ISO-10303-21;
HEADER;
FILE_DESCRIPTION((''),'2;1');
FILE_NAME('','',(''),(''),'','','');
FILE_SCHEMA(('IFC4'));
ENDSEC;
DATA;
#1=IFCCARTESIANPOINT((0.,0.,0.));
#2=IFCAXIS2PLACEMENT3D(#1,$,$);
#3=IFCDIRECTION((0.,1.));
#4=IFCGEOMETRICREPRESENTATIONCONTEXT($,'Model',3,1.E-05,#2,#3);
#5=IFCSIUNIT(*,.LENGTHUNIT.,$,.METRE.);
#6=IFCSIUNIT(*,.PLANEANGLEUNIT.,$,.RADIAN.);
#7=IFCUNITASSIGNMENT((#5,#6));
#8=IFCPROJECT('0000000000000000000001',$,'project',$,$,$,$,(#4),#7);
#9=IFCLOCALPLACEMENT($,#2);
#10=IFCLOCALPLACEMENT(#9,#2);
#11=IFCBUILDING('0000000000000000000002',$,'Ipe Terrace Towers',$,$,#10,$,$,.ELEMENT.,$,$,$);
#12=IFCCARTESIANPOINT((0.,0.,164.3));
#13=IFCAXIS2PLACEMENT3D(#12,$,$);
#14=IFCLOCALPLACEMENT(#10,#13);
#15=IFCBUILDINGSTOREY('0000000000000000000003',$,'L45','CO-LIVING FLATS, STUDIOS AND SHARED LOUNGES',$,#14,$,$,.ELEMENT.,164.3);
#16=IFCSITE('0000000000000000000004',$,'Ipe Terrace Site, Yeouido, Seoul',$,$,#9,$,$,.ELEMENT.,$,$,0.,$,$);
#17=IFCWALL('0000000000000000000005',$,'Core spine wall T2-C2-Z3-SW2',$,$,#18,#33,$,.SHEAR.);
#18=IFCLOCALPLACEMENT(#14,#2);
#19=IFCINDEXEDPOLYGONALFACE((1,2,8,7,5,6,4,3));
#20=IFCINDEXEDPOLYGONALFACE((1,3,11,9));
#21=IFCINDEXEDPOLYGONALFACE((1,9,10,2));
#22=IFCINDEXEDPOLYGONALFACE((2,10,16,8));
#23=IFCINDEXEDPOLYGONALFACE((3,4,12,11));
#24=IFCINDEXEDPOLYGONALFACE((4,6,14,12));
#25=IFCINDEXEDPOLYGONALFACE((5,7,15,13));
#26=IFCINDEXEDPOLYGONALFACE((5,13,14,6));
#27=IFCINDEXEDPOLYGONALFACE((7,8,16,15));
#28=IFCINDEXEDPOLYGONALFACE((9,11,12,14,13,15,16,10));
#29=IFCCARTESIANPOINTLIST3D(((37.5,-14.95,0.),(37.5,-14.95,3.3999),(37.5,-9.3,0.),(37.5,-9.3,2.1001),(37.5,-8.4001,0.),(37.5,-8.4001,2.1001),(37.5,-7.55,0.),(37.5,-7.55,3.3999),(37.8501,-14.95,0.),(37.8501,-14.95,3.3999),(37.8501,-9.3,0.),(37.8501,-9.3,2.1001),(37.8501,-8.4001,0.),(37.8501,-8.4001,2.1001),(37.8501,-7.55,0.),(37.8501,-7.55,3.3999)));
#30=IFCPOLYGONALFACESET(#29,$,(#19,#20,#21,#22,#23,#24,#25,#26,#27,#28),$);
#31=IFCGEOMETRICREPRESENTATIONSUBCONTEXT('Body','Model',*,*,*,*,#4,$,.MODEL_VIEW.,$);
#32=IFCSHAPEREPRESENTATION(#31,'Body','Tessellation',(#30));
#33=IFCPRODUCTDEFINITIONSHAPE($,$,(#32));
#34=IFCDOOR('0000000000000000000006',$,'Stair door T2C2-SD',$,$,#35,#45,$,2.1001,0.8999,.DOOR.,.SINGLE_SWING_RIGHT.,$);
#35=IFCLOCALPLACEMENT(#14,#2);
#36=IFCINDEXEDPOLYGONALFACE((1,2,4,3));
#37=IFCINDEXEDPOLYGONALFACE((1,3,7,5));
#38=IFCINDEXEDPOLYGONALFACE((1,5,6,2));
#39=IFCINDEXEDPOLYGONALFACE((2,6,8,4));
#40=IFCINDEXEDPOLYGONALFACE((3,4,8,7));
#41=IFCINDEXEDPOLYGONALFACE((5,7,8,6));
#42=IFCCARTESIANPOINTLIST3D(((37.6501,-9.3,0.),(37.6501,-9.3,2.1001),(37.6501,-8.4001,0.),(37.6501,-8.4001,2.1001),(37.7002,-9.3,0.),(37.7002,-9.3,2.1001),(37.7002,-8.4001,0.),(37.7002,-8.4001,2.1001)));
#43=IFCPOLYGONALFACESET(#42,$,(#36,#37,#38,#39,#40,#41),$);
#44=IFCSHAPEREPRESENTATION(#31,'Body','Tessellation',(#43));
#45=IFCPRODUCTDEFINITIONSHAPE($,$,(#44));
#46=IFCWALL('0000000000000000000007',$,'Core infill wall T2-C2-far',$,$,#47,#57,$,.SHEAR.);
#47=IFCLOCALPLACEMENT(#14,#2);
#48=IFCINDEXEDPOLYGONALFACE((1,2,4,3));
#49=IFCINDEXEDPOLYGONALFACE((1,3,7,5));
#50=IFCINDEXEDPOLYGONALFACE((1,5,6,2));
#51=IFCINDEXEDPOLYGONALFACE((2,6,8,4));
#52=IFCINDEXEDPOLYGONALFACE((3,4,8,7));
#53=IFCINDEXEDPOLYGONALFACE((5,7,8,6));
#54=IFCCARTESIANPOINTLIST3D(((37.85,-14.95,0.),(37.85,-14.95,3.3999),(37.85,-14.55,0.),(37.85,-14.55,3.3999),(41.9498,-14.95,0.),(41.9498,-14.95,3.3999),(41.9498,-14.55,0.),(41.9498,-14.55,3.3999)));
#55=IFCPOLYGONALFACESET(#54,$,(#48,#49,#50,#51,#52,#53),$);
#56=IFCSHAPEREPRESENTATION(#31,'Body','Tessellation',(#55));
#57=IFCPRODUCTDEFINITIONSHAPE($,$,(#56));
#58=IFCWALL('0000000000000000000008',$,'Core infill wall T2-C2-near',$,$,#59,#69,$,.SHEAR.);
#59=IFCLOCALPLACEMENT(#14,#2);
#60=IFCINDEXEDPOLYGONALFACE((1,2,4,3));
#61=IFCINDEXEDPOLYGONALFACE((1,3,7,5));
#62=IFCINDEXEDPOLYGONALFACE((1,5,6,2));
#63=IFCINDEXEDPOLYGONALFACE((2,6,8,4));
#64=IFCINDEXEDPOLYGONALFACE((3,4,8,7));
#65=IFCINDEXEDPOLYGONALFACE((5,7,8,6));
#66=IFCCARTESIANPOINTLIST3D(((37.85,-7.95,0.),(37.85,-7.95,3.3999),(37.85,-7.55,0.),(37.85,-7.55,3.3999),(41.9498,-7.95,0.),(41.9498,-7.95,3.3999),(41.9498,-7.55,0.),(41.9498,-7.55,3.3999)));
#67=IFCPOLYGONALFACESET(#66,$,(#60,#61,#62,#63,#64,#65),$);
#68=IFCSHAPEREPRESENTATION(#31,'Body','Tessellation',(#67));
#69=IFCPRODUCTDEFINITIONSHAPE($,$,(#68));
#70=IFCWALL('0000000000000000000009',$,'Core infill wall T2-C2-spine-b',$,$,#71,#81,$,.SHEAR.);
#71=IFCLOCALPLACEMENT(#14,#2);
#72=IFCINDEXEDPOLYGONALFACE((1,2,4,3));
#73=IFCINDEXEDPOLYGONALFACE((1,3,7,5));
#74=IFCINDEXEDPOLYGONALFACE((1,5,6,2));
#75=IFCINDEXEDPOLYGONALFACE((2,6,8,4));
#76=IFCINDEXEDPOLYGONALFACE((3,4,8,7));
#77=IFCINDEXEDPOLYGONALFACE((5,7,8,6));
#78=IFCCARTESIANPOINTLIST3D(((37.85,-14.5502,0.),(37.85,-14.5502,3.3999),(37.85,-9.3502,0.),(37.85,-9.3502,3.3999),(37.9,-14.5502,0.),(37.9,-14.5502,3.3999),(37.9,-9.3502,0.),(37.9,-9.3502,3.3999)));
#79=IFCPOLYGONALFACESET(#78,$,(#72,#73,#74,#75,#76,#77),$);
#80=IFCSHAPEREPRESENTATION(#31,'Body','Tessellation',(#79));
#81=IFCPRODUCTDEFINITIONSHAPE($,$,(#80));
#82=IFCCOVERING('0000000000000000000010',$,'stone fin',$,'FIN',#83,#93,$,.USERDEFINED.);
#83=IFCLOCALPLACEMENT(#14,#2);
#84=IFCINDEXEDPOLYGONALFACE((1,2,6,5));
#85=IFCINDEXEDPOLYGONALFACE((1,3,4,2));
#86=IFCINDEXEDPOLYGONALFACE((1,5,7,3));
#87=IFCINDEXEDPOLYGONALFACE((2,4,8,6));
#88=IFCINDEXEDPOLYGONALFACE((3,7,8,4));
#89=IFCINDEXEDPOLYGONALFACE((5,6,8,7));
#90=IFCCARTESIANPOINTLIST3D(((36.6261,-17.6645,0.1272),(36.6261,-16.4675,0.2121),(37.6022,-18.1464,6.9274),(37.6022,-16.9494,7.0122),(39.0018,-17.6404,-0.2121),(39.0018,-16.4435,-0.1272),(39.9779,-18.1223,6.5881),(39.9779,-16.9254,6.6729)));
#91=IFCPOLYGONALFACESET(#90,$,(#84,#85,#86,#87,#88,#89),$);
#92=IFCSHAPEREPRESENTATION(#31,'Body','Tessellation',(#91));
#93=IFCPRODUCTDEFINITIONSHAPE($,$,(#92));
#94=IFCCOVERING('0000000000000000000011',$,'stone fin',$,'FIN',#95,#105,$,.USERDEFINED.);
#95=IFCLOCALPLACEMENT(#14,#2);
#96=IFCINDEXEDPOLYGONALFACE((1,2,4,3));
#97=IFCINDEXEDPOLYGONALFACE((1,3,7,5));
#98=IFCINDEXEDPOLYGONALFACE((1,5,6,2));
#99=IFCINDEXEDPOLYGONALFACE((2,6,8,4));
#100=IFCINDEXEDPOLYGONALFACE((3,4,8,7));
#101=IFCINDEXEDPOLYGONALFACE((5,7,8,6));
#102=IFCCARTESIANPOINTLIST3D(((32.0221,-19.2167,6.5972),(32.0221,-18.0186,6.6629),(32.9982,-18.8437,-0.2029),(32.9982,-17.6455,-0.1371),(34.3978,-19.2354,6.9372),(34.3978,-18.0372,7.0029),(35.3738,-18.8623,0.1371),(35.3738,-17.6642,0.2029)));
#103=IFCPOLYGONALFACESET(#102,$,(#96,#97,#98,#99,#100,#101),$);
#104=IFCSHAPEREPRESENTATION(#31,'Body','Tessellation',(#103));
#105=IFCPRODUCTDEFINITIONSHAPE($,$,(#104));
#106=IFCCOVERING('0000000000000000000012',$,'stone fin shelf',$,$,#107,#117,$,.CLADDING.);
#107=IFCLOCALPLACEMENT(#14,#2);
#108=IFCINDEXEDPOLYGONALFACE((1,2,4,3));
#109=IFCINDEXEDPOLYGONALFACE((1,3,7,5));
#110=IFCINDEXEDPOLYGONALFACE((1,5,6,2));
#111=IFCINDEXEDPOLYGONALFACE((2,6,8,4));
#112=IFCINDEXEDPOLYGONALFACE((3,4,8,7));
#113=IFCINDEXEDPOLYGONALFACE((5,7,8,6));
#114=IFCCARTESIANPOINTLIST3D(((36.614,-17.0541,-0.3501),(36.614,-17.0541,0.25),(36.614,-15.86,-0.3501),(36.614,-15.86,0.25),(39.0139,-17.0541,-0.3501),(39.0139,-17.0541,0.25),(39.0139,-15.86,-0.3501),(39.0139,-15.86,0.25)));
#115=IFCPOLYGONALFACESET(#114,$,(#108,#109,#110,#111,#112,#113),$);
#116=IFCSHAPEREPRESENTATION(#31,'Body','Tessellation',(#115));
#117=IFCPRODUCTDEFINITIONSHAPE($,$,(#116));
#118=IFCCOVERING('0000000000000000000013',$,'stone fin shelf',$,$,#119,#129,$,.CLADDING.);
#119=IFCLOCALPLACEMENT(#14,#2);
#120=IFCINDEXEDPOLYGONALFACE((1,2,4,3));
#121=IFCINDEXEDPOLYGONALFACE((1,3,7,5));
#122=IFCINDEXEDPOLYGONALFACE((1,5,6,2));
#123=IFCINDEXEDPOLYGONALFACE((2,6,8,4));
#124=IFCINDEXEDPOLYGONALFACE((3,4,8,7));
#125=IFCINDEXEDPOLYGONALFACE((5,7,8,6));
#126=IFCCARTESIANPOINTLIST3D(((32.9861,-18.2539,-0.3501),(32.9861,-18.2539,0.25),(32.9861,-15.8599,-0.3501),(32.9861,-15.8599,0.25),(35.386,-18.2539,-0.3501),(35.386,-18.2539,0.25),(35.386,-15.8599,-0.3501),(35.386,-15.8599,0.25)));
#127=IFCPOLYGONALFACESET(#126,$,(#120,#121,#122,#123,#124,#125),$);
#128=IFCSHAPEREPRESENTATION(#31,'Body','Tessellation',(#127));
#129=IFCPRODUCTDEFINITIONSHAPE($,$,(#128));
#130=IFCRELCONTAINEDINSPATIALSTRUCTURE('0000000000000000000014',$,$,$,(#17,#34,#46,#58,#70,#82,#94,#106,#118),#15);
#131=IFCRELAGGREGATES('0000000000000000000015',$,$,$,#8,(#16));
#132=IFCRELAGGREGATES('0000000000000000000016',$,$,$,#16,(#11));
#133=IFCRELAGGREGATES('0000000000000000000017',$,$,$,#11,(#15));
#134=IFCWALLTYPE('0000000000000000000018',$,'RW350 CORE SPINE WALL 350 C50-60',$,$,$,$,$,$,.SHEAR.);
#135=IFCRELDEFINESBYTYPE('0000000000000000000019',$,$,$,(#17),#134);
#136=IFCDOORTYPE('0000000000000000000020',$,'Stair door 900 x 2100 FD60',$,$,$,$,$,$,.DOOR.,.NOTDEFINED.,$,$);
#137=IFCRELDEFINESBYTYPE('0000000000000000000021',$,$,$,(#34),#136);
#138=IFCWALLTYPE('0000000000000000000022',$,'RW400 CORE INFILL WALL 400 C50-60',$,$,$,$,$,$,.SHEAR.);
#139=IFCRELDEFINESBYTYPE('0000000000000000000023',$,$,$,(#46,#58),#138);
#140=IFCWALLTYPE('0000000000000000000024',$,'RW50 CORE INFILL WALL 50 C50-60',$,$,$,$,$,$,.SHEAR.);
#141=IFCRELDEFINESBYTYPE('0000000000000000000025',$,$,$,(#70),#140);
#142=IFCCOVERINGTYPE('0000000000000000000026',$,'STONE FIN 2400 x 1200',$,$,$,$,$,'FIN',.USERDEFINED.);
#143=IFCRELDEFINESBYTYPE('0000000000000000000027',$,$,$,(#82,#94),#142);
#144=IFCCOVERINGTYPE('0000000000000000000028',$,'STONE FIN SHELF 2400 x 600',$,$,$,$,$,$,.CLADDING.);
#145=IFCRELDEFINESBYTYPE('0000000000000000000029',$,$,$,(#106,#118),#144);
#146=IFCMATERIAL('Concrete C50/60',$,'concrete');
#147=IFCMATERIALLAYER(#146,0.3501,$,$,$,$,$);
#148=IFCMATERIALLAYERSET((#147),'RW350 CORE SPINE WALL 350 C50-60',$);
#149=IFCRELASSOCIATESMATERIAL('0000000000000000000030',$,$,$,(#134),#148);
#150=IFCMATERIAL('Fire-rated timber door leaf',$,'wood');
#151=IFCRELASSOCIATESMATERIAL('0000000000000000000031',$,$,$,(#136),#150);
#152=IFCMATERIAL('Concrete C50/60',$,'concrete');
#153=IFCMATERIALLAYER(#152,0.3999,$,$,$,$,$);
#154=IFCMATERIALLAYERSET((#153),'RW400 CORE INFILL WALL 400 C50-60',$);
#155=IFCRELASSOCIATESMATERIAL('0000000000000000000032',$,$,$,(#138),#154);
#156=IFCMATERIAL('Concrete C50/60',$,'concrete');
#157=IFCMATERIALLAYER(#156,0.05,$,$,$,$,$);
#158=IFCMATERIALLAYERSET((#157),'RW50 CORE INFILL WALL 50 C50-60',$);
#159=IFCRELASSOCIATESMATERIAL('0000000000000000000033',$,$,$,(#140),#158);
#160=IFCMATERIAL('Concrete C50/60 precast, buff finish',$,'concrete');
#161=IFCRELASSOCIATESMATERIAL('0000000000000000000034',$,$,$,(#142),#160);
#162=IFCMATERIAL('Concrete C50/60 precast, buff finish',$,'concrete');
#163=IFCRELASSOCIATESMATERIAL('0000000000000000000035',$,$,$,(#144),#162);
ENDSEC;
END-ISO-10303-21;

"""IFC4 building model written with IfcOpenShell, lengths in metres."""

from ifc_helpers import new_model, si_unit, direction, frame, frame_2d, origin, origin_2d, place, context, subcontext, project, spatial, rectangle, extrude, material, layer, layer_set, material_profile, profile_set, type_object, element, fill, save


model = new_model("IFC4")

# Units and contexts
model_context = context("Model", 3, precision=1e-05, world=origin(), true_north=direction((0.0, 1.0)))
body_context = subcontext(model_context, "Body", "Model", "MODEL_VIEW")
ifc_project = project(units=[si_unit("LENGTHUNIT", "METRE"), si_unit("PLANEANGLEUNIT", "RADIAN")], contexts=[model_context])

# Site, building, storey
site_placement = place(None, origin())
site = spatial("IfcSite", under=ifc_project, at=site_placement, Name="Ipe Terrace Site, Yeouido, Seoul", CompositionType="ELEMENT", RefElevation=0.0)
building_placement = place(site_placement, origin())
building = spatial("IfcBuilding", under=site, at=building_placement, Name="Ipe Terrace Towers", CompositionType="ELEMENT")
storey_placement = place(building_placement, frame((0.0, 0.0, 164.3)))
storey = spatial("IfcBuildingStorey", under=building, at=storey_placement, Name="L45", Description="CO-LIVING FLATS, STUDIOS AND SHARED LOUNGES", CompositionType="ELEMENT", Elevation=164.3)

# Shared definitions
ifc_material_1 = material(Name="Concrete C50/60", Category="concrete")
ifc_layer_1 = layer(ifc_material_1, 0.3501)
ifc_layer_set_1 = layer_set([ifc_layer_1], Name="RW350 CORE SPINE WALL 350 C50-60")
wall_type_1 = type_object("IfcWallType", Name="RW350 CORE SPINE WALL 350 C50-60", PredefinedType="SHEAR", material=ifc_layer_set_1)

# Wall, opening, door
wall_1_placement = place(storey_placement, frame((37.675, -14.95, 0.0), z_axis=(0.0, 0.0, 1.0), x_axis=(0.0, 1.0, 0.0)))
wall_1 = element("IfcWall", 1, at=wall_1_placement, inside=storey, type_object=wall_type_1, Name="Core spine wall T2-C2-Z3-SW2", PredefinedType="SHEAR", context=body_context, shape_type="SweptSolid", body=[
    extrude(rectangle(XDim=7.3999, YDim=0.3501, at=frame_2d((3.7, 0.0))), origin(), (0.0, 0.0, 1.0), 3.3999),
])
opening_1_placement = place(wall_1_placement, frame((5.6499, 0.0, 0.0)))
opening_1 = element("IfcOpeningElement", 2, at=opening_1_placement, cuts=wall_1, PredefinedType="OPENING", context=body_context, shape_type="SweptSolid", body=[
    extrude(rectangle(XDim=0.8999, YDim=2.1001, at=frame_2d((0.45, 1.05))), frame((0.0, 0.1851, 0.0), z_axis=(0.0, -1.0, 0.0), x_axis=(1.0, 0.0, 0.0)), (0.0, 0.0, 1.0), 0.3701),
])
ifc_material_2 = material(Name="Fire-rated timber door leaf", Category="wood")
door_type_1 = type_object("IfcDoorType", Name="Stair door 900 x 2100 FD60", OperationType="NOTDEFINED", PredefinedType="DOOR", material=ifc_material_2)
door_1_placement = place(opening_1_placement, origin())
door_1 = element("IfcDoor", 3, at=door_1_placement, inside=storey, type_object=door_type_1, Name="Stair door T2C2-SD", OperationType="SINGLE_SWING_RIGHT", OverallHeight=2.1001, OverallWidth=0.8999, PredefinedType="DOOR", context=body_context, shape_type="SweptSolid", body=[
    extrude(rectangle(XDim=0.8999, YDim=2.1001, at=frame_2d((0.45, 1.05))), frame((0.0, 0.0249, 0.0), z_axis=(0.0, -1.0, 0.0), x_axis=(1.0, 0.0, 0.0)), (0.0, 0.0, 1.0), 0.05),
])
fill(opening_1, door_1)

# Walls
ifc_material_3 = material(Name="Concrete C50/60", Category="concrete")
ifc_layer_2 = layer(ifc_material_3, 0.3999)
ifc_layer_set_2 = layer_set([ifc_layer_2], Name="RW400 CORE INFILL WALL 400 C50-60")
wall_type_2 = type_object("IfcWallType", Name="RW400 CORE INFILL WALL 400 C50-60", PredefinedType="SHEAR", material=ifc_layer_set_2)
for number, where, z_axis, x_axis, name in (
    (4, (37.8501, -14.75, 0.0), (0.0, 0.0, 1.0), (1.0, 0.0, 0.0), "Core infill wall T2-C2-far"),
    (5, (37.8501, -7.75, 0.0), (0.0, 0.0, 1.0), (1.0, 0.0, 0.0), "Core infill wall T2-C2-near"),
):
    element("IfcWall", number, at=place(storey_placement, frame(where, z_axis=z_axis, x_axis=x_axis)), inside=storey, type_object=wall_type_2, Name=name, PredefinedType="SHEAR", context=body_context, shape_type="SweptSolid", body=[
        extrude(rectangle(XDim=4.0999, YDim=0.3999, at=frame_2d((2.0498, 0.0))), origin(), (0.0, 0.0, 1.0), 3.3999),
    ])
ifc_material_4 = material(Name="Concrete C50/60", Category="concrete")
ifc_layer_3 = layer(ifc_material_4, 0.05)
ifc_layer_set_3 = layer_set([ifc_layer_3], Name="RW50 CORE INFILL WALL 50 C50-60")
wall_type_3 = type_object("IfcWallType", Name="RW50 CORE INFILL WALL 50 C50-60", PredefinedType="SHEAR", material=ifc_layer_set_3)
wall_2_placement = place(storey_placement, frame((37.875, -9.3501, 0.0), z_axis=(0.0, 0.0, 1.0), x_axis=(0.0, -1.0, 0.0)))
element("IfcWall", 6, at=wall_2_placement, inside=storey, type_object=wall_type_3, Name="Core infill wall T2-C2-spine-b", PredefinedType="SHEAR", context=body_context, shape_type="SweptSolid", body=[
    extrude(rectangle(XDim=5.2, YDim=0.05, at=frame_2d((2.6001, 0.0))), origin(), (0.0, 0.0, 1.0), 3.3999),
])

# Coverings
ifc_material_5 = material(Name="Concrete C50/60 precast, buff finish", Category="concrete")
ifc_material_profile = material_profile(ifc_material_5, rectangle(XDim=2.3999, YDim=1.2, at=origin_2d()), Name="STONE FIN 2400 x 1200")
ifc_profile_set = profile_set([ifc_material_profile], Name="Concrete C50/60 precast, buff finish")
covering_type_1 = type_object("IfcCoveringType", Name="STONE FIN 2400 x 1200", ElementType="FIN", PredefinedType="USERDEFINED", material=ifc_profile_set)
covering_1_placement = place(storey_placement, frame((37.814, -17.054, 0.0), z_axis=(0.141735, -0.069981, 0.987428), x_axis=(0.989905, 0.01002, -0.14138)))
element("IfcCovering", 7, at=covering_1_placement, inside=storey, type_object=covering_type_1, Name="stone fin", ObjectType="FIN", PredefinedType="USERDEFINED", context=body_context, shape_type="SweptSolid", body=[
    extrude(rectangle(XDim=2.3999, YDim=1.2, at=origin_2d()), origin(), (0.0, 0.0, 1.0), 6.8867),
])
covering_2_placement = place(storey_placement, frame((34.186, -18.2539, 0.0), z_axis=(-0.141874, -0.054223, 0.988399), x_axis=(0.989885, -0.007771, 0.141661)))
element("IfcCovering", 8, at=covering_2_placement, inside=storey, type_object=covering_type_1, Name="stone fin", ObjectType="FIN", PredefinedType="USERDEFINED", context=body_context, shape_type="SweptSolid", body=[
    extrude(rectangle(XDim=2.3999, YDim=1.2, at=origin_2d()), origin(), (0.0, 0.0, 1.0), 6.8799),
])
ifc_material_6 = material(Name="Concrete C50/60 precast, buff finish", Category="concrete")
covering_type_2 = type_object("IfcCoveringType", Name="STONE FIN SHELF 2400 x 600", PredefinedType="CLADDING", material=ifc_material_6)
covering_3_placement = place(storey_placement, frame((37.814, -16.457, -0.3501), z_axis=(0.0, 0.0, 1.0), x_axis=(1.0, 0.0, 0.0)))
element("IfcCovering", 9, at=covering_3_placement, inside=storey, type_object=covering_type_2, Name="stone fin shelf", PredefinedType="CLADDING", context=body_context, shape_type="SweptSolid", body=[
    extrude(rectangle(XDim=2.3999, YDim=1.1941, at=origin_2d()), origin(), (0.0, 0.0, 1.0), 0.6001),
])
covering_4_placement = place(storey_placement, frame((34.186, -17.0569, -0.3501), z_axis=(0.0, 0.0, 1.0), x_axis=(1.0, 0.0, 0.0)))
element("IfcCovering", 10, at=covering_4_placement, inside=storey, type_object=covering_type_2, Name="stone fin shelf", PredefinedType="CLADDING", context=body_context, shape_type="SweptSolid", body=[
    extrude(rectangle(XDim=2.3999, YDim=2.394, at=origin_2d()), origin(), (0.0, 0.0, 1.0), 0.6001),
])

save(model, "model.ifc")
